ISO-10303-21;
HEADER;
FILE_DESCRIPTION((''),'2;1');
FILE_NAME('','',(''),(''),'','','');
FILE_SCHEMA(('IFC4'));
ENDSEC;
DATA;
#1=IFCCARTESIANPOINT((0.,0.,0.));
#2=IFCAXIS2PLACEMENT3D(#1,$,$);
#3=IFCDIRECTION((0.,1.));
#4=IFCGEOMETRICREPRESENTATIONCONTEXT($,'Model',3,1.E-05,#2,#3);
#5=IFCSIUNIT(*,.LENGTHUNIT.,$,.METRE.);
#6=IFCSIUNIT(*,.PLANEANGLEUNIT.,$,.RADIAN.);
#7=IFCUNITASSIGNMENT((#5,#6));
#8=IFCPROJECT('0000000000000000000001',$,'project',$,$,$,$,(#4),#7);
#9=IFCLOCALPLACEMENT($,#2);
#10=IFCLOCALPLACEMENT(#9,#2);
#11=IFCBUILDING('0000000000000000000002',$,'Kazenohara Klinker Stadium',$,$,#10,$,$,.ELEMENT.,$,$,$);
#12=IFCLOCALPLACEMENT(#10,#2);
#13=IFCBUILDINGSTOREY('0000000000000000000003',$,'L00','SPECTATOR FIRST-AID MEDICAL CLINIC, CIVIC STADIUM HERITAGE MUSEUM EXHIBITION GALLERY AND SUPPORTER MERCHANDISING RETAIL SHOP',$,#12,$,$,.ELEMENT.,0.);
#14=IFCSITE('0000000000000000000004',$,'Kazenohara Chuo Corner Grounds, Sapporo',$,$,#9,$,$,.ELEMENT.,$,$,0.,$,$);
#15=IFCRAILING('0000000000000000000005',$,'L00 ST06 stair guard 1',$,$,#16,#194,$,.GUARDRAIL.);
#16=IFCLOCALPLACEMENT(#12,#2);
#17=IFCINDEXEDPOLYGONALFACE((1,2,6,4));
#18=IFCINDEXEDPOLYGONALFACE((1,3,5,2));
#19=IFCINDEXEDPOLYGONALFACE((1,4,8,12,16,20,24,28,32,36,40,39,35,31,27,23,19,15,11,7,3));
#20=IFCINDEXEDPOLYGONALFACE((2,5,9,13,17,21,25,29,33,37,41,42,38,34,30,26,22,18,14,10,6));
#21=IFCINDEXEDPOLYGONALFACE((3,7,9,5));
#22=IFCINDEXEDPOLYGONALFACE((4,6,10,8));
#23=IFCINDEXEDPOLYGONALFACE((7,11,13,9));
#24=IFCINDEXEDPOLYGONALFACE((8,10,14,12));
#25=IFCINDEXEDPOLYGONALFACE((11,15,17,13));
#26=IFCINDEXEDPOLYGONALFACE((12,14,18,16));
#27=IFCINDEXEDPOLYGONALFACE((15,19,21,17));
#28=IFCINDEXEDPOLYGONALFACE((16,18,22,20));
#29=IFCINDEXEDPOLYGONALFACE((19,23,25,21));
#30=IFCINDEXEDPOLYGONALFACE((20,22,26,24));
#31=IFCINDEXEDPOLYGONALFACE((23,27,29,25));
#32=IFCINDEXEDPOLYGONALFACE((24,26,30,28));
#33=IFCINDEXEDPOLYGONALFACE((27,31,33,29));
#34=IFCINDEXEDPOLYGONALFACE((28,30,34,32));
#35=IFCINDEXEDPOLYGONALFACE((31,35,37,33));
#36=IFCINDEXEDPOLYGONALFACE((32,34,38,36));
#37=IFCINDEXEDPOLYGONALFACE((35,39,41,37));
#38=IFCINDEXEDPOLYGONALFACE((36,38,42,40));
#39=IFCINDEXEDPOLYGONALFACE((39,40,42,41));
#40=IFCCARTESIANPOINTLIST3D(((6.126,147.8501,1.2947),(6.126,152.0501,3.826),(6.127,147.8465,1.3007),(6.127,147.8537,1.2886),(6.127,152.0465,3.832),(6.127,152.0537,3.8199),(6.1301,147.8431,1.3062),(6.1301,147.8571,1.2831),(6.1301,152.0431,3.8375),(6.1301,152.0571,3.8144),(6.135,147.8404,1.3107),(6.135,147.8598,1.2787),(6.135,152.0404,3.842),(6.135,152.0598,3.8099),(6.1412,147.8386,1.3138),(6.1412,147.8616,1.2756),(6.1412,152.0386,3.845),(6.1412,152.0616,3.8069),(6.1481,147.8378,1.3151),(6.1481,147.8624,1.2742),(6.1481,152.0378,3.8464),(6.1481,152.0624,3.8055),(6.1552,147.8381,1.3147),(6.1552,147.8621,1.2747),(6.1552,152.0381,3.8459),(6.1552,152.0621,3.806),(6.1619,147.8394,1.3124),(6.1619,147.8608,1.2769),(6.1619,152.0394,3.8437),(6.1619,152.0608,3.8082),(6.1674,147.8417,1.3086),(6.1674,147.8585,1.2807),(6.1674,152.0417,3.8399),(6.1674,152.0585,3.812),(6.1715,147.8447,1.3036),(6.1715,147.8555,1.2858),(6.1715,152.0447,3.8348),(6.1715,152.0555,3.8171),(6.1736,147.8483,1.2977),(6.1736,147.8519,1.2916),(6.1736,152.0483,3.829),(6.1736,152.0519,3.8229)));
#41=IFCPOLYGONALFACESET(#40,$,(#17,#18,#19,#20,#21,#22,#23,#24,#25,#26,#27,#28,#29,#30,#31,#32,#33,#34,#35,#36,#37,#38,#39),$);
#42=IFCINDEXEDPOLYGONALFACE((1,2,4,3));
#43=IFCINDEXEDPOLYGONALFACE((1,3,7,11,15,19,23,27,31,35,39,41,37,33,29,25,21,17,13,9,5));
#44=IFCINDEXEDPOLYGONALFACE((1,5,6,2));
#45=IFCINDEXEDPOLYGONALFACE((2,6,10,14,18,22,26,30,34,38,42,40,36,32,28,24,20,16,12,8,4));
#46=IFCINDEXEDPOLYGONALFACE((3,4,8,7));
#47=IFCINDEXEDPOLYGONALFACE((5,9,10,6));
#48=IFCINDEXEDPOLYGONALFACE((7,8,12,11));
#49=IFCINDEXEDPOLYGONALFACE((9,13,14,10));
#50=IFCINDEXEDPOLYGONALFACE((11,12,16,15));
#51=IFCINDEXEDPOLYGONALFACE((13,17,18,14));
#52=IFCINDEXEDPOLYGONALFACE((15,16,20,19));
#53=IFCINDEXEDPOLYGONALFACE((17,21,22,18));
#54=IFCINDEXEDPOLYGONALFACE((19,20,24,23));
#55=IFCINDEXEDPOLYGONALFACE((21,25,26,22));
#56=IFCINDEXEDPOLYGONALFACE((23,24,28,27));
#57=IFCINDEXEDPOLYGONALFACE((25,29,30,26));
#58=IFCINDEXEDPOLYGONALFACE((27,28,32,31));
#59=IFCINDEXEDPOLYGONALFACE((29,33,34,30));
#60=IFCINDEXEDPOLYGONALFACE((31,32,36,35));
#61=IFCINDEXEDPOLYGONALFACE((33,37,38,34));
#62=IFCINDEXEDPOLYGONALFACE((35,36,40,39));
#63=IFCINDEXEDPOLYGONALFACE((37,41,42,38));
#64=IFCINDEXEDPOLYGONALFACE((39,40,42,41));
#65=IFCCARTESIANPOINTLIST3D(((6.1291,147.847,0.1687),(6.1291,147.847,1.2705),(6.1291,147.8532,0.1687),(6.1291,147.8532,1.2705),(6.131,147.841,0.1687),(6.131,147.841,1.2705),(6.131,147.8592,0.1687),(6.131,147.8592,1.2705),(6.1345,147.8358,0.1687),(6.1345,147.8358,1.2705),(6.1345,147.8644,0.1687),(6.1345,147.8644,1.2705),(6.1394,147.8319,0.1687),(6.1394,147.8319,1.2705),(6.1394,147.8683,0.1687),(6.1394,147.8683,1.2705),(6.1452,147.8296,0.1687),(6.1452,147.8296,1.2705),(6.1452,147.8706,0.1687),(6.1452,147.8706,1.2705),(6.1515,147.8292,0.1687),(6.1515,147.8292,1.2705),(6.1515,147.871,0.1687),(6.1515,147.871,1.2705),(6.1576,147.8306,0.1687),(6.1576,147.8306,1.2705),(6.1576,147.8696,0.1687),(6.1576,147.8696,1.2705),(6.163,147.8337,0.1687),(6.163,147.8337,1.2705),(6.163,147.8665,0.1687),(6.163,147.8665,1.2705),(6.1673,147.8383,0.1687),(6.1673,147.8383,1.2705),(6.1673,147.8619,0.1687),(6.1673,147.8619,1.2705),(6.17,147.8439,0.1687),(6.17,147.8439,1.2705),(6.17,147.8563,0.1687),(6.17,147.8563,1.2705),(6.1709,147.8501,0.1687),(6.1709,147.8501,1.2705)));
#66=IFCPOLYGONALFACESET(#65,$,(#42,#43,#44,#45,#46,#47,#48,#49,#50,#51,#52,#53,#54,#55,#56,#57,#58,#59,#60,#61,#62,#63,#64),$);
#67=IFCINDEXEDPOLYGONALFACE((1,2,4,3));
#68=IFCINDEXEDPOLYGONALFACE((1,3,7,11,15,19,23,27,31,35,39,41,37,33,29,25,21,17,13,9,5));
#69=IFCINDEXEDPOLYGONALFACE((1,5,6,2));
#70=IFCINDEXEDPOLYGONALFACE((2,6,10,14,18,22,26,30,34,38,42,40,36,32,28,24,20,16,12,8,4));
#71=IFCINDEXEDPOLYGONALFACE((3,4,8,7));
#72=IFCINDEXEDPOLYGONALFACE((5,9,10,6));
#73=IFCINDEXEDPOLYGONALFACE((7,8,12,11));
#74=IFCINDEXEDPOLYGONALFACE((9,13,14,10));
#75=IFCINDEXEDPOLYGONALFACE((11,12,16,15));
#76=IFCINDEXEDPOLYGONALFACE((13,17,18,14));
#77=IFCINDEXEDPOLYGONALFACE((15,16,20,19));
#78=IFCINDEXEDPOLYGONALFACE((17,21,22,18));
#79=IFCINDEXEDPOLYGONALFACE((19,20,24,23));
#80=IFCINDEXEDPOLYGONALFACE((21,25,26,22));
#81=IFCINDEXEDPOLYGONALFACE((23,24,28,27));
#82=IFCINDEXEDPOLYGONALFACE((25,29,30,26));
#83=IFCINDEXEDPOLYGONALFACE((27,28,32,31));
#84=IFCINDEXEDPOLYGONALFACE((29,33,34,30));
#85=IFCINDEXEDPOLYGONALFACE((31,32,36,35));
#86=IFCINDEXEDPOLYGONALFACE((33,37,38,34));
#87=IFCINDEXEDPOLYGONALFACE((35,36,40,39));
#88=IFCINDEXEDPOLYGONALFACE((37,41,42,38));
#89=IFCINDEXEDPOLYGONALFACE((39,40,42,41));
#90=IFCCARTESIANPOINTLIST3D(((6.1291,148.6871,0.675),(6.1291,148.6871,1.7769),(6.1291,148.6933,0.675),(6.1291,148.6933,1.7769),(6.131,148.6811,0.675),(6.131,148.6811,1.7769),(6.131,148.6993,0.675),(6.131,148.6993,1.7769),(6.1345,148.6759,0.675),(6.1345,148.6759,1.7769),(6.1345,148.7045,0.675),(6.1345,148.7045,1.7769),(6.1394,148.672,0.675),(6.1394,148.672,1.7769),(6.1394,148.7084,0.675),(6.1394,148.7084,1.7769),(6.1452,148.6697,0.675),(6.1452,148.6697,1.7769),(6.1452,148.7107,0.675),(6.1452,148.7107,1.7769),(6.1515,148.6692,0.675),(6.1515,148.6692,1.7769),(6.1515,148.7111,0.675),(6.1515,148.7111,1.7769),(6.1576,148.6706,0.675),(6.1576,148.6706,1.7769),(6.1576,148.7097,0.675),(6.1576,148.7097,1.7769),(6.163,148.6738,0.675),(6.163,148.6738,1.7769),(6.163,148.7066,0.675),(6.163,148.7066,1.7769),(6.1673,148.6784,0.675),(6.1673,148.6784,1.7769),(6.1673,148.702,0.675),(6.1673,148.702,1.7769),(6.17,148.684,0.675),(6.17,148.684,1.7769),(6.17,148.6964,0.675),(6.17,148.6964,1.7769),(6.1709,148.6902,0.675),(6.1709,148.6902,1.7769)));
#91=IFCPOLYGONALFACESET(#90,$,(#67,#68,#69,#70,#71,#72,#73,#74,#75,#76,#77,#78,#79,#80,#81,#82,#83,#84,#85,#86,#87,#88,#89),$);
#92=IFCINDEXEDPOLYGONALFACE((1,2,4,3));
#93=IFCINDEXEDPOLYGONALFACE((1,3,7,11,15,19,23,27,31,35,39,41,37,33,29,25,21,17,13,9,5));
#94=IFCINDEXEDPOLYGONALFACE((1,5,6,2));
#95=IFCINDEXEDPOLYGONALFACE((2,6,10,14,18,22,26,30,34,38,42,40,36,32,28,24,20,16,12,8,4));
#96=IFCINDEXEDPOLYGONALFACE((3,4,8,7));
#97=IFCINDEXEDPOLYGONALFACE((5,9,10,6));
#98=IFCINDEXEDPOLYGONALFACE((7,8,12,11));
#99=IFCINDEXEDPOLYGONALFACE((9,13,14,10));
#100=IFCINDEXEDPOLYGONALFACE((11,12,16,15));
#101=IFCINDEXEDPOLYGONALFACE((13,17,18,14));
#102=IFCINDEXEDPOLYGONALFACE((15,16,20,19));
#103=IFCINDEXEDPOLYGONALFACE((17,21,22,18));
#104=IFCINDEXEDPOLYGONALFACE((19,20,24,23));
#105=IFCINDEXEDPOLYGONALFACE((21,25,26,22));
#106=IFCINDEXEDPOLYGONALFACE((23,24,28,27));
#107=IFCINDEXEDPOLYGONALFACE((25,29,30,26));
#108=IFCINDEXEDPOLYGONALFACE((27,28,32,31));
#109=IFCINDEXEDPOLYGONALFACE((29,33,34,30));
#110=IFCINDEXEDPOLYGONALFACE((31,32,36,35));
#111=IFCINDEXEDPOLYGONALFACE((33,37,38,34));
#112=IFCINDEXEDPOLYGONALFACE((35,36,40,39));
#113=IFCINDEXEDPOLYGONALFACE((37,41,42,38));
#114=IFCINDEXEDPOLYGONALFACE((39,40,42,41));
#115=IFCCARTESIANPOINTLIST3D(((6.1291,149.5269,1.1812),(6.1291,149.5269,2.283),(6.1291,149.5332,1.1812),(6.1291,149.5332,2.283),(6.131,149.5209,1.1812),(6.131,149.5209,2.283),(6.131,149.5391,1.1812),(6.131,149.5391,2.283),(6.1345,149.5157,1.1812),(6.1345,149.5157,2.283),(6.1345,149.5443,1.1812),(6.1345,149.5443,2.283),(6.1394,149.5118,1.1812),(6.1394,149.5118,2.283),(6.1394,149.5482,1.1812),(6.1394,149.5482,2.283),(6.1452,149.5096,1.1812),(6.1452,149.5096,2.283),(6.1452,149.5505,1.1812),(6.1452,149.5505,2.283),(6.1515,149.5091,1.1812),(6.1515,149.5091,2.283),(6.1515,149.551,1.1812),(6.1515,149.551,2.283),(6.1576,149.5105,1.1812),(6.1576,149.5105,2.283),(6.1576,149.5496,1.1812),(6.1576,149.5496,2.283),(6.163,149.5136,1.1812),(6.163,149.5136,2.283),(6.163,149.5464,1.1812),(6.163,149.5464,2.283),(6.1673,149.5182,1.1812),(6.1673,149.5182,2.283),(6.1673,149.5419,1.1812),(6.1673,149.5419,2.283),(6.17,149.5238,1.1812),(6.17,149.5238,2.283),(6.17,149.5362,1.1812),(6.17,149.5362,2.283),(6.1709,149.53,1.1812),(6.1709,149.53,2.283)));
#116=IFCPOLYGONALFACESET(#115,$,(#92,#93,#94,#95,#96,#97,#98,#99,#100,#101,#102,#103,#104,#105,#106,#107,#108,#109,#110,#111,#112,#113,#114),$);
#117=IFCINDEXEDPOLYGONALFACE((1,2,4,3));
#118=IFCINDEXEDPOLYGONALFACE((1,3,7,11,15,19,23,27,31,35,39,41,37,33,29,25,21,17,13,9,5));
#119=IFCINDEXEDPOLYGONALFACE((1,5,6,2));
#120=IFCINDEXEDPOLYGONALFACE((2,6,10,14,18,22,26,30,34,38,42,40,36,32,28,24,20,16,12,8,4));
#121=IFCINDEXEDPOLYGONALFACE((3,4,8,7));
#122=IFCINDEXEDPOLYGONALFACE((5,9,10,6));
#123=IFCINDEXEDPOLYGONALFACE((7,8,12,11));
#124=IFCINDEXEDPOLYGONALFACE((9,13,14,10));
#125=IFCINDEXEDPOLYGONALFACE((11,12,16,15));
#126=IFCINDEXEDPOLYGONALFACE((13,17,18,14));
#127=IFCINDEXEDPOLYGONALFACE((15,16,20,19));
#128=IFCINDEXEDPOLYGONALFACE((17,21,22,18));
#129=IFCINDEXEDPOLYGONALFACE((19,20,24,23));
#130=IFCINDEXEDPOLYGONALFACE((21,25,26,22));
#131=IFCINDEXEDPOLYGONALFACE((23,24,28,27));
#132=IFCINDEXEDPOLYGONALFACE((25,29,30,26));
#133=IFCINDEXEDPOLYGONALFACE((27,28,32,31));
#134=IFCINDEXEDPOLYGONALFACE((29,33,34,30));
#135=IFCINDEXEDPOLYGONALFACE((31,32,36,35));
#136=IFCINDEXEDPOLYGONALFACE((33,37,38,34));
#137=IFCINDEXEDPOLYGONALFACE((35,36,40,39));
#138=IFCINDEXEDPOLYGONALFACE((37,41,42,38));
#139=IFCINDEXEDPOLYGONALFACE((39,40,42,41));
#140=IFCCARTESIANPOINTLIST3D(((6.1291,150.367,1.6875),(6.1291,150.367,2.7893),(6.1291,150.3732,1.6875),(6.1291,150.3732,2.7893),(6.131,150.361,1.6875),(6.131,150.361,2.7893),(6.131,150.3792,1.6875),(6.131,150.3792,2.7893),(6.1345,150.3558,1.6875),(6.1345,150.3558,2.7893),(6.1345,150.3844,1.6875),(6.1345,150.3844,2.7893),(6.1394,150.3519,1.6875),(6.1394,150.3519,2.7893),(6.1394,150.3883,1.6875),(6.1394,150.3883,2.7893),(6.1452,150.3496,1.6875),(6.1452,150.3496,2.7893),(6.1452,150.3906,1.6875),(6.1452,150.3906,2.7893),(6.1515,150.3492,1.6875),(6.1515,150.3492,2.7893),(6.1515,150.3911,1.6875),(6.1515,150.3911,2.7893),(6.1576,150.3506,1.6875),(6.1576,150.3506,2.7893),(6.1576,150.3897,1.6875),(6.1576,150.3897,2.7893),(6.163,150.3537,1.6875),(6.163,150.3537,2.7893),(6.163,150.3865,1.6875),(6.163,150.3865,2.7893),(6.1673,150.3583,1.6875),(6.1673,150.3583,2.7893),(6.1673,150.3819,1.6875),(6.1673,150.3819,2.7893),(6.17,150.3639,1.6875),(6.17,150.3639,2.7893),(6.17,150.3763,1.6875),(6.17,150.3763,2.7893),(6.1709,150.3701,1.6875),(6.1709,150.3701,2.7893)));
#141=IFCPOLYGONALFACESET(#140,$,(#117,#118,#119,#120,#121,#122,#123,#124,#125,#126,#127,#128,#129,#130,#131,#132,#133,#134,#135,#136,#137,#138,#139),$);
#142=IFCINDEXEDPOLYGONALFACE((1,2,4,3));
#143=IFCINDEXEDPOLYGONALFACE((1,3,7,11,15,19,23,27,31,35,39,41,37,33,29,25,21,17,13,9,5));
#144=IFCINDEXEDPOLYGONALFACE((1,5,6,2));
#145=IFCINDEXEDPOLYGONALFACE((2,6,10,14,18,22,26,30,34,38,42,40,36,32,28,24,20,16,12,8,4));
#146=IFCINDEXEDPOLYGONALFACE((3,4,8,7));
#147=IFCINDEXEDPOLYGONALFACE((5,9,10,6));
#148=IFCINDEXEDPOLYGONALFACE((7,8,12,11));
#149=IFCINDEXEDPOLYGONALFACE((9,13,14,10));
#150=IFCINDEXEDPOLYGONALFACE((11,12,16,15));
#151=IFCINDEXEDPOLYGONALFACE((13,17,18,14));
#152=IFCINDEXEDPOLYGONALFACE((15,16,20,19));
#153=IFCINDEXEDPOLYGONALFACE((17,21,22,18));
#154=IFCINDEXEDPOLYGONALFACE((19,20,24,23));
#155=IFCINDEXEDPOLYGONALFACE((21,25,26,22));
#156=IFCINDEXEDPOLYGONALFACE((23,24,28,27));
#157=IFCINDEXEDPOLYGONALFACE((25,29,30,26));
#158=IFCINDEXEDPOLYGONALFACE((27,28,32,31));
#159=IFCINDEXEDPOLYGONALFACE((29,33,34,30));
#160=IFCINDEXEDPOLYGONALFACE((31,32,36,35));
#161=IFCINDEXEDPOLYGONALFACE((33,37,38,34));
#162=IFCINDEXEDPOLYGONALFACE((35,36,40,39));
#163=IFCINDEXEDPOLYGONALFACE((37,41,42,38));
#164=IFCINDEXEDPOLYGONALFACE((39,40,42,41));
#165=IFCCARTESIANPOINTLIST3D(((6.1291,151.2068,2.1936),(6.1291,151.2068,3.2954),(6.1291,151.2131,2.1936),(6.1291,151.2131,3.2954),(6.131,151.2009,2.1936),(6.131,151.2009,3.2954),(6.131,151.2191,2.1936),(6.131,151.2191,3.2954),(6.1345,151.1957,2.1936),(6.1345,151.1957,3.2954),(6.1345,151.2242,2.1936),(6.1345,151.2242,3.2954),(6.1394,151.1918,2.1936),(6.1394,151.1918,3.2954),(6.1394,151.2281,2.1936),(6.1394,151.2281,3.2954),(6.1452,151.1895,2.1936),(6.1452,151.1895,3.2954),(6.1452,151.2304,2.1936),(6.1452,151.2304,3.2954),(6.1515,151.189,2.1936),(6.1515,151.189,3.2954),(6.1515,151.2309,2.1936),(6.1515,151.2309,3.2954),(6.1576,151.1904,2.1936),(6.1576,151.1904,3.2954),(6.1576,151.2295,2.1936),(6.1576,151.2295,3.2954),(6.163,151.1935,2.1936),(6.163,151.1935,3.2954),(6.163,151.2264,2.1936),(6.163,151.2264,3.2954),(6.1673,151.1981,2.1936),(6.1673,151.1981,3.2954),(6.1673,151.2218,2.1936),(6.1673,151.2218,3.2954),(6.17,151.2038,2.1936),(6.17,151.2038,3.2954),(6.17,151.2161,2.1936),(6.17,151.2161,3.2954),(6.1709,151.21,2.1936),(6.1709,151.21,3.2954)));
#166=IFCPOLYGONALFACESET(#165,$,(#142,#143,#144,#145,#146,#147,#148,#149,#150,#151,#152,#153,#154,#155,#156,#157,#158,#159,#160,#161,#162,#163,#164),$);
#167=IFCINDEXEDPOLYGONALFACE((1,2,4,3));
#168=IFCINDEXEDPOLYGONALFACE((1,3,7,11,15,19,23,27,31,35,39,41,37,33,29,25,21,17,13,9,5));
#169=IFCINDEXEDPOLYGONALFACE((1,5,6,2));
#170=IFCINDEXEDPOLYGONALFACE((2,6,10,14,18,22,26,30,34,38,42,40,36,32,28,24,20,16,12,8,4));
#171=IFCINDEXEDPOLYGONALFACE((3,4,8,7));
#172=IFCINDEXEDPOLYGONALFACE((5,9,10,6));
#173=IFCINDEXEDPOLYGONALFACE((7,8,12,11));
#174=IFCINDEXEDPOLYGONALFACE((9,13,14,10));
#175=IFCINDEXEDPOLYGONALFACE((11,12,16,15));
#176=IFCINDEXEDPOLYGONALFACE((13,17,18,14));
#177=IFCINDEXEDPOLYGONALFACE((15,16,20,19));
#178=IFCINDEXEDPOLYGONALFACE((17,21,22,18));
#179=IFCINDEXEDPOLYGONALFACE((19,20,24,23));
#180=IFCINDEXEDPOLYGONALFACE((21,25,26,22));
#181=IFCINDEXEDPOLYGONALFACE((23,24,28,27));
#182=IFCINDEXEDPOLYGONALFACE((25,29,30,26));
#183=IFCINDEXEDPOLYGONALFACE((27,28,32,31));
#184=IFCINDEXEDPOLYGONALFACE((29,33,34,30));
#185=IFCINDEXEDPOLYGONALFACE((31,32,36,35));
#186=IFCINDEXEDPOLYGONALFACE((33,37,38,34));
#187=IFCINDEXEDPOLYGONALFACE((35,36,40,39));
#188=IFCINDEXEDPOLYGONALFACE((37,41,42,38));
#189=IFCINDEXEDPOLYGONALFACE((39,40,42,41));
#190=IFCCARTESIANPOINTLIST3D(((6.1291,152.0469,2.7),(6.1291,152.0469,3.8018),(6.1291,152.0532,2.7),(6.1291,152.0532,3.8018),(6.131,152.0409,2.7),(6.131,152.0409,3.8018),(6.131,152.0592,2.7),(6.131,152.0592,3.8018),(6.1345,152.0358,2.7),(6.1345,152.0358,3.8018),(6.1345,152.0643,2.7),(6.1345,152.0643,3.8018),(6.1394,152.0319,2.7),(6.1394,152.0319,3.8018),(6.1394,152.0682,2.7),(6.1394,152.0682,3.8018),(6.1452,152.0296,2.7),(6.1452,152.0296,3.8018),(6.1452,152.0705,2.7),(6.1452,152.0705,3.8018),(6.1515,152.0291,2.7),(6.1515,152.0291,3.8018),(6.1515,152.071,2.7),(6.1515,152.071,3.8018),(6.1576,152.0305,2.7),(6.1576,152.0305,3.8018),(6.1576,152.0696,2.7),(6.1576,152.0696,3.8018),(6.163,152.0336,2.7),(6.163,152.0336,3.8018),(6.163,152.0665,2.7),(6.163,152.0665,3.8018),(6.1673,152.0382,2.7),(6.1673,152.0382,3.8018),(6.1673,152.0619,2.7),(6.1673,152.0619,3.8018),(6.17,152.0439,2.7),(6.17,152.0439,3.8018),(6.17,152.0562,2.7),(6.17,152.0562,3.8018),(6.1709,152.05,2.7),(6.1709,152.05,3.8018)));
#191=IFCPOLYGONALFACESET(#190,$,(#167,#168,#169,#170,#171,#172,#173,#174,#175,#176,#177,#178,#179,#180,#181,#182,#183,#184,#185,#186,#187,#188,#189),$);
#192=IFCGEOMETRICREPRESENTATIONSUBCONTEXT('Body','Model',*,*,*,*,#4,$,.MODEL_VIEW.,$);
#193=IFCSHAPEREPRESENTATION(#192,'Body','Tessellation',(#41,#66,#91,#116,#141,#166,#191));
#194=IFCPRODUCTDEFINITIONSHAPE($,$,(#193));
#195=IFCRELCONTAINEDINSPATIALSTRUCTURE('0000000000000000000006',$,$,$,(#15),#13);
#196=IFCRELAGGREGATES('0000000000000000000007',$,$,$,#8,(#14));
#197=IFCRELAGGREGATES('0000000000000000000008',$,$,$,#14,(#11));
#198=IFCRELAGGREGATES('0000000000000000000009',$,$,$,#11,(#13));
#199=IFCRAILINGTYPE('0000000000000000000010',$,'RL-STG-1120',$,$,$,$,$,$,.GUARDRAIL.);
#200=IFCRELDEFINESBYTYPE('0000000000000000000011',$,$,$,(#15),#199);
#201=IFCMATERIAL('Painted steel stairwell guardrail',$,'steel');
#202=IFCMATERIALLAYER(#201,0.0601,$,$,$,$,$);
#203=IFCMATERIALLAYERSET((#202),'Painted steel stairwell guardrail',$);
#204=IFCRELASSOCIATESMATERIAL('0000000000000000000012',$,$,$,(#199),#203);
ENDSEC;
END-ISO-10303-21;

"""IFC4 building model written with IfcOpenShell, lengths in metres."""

from ifc_helpers import new_model, si_unit, direction, frame, origin, origin_2d, place, context, subcontext, project, spatial, circle, extrude, material, layer, layer_set, type_object, element, save


model = new_model("IFC4")

# Units and contexts
model_context = context("Model", 3, precision=1e-05, world=origin(), true_north=direction((0.0, 1.0)))
body_context = subcontext(model_context, "Body", "Model", "MODEL_VIEW")
ifc_project = project(units=[si_unit("LENGTHUNIT", "METRE"), si_unit("PLANEANGLEUNIT", "RADIAN")], contexts=[model_context])

# Site, building, storey
site_placement = place(None, origin())
site = spatial("IfcSite", under=ifc_project, at=site_placement, Name="Kazenohara Chuo Corner Grounds, Sapporo", CompositionType="ELEMENT", RefElevation=0.0)
building_placement = place(site_placement, origin())
building = spatial("IfcBuilding", under=site, at=building_placement, Name="Kazenohara Klinker Stadium", CompositionType="ELEMENT")
storey_placement = place(building_placement, origin())
storey = spatial("IfcBuildingStorey", under=building, at=storey_placement, Name="L00", Description="SPECTATOR FIRST-AID MEDICAL CLINIC, CIVIC STADIUM HERITAGE MUSEUM EXHIBITION GALLERY AND SUPPORTER MERCHANDISING RETAIL SHOP", CompositionType="ELEMENT", Elevation=0.0)

# Railing
ifc_material_1 = material(Name="Painted steel stairwell guardrail", Category="steel")
ifc_layer_1 = layer(ifc_material_1, 0.0601)
ifc_layer_set_1 = layer_set([ifc_layer_1], Name="Painted steel stairwell guardrail")
railing_type_1 = type_object("IfcRailingType", Name="RL-STG-1120", PredefinedType="GUARDRAIL", material=ifc_layer_set_1)
railing_1_placement = place(storey_placement, frame((6.1499, 147.8501, 0.1687)))
element("IfcRailing", 1, at=railing_1_placement, inside=storey, type_object=railing_type_1, Name="L00 ST06 stair guard 1", PredefinedType="GUARDRAIL", context=body_context, shape_type="SweptSolid", body=[
    extrude(circle(Radius=0.0239, at=origin_2d()), frame((0.0, 0.0, 1.126), z_axis=(0.0, 0.856476, 0.516186), x_axis=(-1.0, 0.0, 0.0)), (0.0, 0.0, 1.0), 4.9038),
    extrude(circle(Radius=0.021, at=origin_2d()), origin(), (0.0, 0.0, 1.0), 1.1018),
    extrude(circle(Radius=0.021, at=origin_2d()), frame((0.0, 0.8401, 0.5063)), (0.0, 0.0, 1.0), 1.1018),
    extrude(circle(Radius=0.021, at=origin_2d()), frame((0.0, 1.6799, 1.0125)), (0.0, 0.0, 1.0), 1.1018),
    extrude(circle(Radius=0.021, at=origin_2d()), frame((0.0, 2.52, 1.5188)), (0.0, 0.0, 1.0), 1.1018),
    extrude(circle(Radius=0.021, at=origin_2d()), frame((0.0, 3.3599, 2.0249)), (0.0, 0.0, 1.0), 1.1018),
    extrude(circle(Radius=0.021, at=origin_2d()), frame((0.0, 4.2, 2.5312)), (0.0, 0.0, 1.0), 1.1018),
])

save(model, "model.ifc")
